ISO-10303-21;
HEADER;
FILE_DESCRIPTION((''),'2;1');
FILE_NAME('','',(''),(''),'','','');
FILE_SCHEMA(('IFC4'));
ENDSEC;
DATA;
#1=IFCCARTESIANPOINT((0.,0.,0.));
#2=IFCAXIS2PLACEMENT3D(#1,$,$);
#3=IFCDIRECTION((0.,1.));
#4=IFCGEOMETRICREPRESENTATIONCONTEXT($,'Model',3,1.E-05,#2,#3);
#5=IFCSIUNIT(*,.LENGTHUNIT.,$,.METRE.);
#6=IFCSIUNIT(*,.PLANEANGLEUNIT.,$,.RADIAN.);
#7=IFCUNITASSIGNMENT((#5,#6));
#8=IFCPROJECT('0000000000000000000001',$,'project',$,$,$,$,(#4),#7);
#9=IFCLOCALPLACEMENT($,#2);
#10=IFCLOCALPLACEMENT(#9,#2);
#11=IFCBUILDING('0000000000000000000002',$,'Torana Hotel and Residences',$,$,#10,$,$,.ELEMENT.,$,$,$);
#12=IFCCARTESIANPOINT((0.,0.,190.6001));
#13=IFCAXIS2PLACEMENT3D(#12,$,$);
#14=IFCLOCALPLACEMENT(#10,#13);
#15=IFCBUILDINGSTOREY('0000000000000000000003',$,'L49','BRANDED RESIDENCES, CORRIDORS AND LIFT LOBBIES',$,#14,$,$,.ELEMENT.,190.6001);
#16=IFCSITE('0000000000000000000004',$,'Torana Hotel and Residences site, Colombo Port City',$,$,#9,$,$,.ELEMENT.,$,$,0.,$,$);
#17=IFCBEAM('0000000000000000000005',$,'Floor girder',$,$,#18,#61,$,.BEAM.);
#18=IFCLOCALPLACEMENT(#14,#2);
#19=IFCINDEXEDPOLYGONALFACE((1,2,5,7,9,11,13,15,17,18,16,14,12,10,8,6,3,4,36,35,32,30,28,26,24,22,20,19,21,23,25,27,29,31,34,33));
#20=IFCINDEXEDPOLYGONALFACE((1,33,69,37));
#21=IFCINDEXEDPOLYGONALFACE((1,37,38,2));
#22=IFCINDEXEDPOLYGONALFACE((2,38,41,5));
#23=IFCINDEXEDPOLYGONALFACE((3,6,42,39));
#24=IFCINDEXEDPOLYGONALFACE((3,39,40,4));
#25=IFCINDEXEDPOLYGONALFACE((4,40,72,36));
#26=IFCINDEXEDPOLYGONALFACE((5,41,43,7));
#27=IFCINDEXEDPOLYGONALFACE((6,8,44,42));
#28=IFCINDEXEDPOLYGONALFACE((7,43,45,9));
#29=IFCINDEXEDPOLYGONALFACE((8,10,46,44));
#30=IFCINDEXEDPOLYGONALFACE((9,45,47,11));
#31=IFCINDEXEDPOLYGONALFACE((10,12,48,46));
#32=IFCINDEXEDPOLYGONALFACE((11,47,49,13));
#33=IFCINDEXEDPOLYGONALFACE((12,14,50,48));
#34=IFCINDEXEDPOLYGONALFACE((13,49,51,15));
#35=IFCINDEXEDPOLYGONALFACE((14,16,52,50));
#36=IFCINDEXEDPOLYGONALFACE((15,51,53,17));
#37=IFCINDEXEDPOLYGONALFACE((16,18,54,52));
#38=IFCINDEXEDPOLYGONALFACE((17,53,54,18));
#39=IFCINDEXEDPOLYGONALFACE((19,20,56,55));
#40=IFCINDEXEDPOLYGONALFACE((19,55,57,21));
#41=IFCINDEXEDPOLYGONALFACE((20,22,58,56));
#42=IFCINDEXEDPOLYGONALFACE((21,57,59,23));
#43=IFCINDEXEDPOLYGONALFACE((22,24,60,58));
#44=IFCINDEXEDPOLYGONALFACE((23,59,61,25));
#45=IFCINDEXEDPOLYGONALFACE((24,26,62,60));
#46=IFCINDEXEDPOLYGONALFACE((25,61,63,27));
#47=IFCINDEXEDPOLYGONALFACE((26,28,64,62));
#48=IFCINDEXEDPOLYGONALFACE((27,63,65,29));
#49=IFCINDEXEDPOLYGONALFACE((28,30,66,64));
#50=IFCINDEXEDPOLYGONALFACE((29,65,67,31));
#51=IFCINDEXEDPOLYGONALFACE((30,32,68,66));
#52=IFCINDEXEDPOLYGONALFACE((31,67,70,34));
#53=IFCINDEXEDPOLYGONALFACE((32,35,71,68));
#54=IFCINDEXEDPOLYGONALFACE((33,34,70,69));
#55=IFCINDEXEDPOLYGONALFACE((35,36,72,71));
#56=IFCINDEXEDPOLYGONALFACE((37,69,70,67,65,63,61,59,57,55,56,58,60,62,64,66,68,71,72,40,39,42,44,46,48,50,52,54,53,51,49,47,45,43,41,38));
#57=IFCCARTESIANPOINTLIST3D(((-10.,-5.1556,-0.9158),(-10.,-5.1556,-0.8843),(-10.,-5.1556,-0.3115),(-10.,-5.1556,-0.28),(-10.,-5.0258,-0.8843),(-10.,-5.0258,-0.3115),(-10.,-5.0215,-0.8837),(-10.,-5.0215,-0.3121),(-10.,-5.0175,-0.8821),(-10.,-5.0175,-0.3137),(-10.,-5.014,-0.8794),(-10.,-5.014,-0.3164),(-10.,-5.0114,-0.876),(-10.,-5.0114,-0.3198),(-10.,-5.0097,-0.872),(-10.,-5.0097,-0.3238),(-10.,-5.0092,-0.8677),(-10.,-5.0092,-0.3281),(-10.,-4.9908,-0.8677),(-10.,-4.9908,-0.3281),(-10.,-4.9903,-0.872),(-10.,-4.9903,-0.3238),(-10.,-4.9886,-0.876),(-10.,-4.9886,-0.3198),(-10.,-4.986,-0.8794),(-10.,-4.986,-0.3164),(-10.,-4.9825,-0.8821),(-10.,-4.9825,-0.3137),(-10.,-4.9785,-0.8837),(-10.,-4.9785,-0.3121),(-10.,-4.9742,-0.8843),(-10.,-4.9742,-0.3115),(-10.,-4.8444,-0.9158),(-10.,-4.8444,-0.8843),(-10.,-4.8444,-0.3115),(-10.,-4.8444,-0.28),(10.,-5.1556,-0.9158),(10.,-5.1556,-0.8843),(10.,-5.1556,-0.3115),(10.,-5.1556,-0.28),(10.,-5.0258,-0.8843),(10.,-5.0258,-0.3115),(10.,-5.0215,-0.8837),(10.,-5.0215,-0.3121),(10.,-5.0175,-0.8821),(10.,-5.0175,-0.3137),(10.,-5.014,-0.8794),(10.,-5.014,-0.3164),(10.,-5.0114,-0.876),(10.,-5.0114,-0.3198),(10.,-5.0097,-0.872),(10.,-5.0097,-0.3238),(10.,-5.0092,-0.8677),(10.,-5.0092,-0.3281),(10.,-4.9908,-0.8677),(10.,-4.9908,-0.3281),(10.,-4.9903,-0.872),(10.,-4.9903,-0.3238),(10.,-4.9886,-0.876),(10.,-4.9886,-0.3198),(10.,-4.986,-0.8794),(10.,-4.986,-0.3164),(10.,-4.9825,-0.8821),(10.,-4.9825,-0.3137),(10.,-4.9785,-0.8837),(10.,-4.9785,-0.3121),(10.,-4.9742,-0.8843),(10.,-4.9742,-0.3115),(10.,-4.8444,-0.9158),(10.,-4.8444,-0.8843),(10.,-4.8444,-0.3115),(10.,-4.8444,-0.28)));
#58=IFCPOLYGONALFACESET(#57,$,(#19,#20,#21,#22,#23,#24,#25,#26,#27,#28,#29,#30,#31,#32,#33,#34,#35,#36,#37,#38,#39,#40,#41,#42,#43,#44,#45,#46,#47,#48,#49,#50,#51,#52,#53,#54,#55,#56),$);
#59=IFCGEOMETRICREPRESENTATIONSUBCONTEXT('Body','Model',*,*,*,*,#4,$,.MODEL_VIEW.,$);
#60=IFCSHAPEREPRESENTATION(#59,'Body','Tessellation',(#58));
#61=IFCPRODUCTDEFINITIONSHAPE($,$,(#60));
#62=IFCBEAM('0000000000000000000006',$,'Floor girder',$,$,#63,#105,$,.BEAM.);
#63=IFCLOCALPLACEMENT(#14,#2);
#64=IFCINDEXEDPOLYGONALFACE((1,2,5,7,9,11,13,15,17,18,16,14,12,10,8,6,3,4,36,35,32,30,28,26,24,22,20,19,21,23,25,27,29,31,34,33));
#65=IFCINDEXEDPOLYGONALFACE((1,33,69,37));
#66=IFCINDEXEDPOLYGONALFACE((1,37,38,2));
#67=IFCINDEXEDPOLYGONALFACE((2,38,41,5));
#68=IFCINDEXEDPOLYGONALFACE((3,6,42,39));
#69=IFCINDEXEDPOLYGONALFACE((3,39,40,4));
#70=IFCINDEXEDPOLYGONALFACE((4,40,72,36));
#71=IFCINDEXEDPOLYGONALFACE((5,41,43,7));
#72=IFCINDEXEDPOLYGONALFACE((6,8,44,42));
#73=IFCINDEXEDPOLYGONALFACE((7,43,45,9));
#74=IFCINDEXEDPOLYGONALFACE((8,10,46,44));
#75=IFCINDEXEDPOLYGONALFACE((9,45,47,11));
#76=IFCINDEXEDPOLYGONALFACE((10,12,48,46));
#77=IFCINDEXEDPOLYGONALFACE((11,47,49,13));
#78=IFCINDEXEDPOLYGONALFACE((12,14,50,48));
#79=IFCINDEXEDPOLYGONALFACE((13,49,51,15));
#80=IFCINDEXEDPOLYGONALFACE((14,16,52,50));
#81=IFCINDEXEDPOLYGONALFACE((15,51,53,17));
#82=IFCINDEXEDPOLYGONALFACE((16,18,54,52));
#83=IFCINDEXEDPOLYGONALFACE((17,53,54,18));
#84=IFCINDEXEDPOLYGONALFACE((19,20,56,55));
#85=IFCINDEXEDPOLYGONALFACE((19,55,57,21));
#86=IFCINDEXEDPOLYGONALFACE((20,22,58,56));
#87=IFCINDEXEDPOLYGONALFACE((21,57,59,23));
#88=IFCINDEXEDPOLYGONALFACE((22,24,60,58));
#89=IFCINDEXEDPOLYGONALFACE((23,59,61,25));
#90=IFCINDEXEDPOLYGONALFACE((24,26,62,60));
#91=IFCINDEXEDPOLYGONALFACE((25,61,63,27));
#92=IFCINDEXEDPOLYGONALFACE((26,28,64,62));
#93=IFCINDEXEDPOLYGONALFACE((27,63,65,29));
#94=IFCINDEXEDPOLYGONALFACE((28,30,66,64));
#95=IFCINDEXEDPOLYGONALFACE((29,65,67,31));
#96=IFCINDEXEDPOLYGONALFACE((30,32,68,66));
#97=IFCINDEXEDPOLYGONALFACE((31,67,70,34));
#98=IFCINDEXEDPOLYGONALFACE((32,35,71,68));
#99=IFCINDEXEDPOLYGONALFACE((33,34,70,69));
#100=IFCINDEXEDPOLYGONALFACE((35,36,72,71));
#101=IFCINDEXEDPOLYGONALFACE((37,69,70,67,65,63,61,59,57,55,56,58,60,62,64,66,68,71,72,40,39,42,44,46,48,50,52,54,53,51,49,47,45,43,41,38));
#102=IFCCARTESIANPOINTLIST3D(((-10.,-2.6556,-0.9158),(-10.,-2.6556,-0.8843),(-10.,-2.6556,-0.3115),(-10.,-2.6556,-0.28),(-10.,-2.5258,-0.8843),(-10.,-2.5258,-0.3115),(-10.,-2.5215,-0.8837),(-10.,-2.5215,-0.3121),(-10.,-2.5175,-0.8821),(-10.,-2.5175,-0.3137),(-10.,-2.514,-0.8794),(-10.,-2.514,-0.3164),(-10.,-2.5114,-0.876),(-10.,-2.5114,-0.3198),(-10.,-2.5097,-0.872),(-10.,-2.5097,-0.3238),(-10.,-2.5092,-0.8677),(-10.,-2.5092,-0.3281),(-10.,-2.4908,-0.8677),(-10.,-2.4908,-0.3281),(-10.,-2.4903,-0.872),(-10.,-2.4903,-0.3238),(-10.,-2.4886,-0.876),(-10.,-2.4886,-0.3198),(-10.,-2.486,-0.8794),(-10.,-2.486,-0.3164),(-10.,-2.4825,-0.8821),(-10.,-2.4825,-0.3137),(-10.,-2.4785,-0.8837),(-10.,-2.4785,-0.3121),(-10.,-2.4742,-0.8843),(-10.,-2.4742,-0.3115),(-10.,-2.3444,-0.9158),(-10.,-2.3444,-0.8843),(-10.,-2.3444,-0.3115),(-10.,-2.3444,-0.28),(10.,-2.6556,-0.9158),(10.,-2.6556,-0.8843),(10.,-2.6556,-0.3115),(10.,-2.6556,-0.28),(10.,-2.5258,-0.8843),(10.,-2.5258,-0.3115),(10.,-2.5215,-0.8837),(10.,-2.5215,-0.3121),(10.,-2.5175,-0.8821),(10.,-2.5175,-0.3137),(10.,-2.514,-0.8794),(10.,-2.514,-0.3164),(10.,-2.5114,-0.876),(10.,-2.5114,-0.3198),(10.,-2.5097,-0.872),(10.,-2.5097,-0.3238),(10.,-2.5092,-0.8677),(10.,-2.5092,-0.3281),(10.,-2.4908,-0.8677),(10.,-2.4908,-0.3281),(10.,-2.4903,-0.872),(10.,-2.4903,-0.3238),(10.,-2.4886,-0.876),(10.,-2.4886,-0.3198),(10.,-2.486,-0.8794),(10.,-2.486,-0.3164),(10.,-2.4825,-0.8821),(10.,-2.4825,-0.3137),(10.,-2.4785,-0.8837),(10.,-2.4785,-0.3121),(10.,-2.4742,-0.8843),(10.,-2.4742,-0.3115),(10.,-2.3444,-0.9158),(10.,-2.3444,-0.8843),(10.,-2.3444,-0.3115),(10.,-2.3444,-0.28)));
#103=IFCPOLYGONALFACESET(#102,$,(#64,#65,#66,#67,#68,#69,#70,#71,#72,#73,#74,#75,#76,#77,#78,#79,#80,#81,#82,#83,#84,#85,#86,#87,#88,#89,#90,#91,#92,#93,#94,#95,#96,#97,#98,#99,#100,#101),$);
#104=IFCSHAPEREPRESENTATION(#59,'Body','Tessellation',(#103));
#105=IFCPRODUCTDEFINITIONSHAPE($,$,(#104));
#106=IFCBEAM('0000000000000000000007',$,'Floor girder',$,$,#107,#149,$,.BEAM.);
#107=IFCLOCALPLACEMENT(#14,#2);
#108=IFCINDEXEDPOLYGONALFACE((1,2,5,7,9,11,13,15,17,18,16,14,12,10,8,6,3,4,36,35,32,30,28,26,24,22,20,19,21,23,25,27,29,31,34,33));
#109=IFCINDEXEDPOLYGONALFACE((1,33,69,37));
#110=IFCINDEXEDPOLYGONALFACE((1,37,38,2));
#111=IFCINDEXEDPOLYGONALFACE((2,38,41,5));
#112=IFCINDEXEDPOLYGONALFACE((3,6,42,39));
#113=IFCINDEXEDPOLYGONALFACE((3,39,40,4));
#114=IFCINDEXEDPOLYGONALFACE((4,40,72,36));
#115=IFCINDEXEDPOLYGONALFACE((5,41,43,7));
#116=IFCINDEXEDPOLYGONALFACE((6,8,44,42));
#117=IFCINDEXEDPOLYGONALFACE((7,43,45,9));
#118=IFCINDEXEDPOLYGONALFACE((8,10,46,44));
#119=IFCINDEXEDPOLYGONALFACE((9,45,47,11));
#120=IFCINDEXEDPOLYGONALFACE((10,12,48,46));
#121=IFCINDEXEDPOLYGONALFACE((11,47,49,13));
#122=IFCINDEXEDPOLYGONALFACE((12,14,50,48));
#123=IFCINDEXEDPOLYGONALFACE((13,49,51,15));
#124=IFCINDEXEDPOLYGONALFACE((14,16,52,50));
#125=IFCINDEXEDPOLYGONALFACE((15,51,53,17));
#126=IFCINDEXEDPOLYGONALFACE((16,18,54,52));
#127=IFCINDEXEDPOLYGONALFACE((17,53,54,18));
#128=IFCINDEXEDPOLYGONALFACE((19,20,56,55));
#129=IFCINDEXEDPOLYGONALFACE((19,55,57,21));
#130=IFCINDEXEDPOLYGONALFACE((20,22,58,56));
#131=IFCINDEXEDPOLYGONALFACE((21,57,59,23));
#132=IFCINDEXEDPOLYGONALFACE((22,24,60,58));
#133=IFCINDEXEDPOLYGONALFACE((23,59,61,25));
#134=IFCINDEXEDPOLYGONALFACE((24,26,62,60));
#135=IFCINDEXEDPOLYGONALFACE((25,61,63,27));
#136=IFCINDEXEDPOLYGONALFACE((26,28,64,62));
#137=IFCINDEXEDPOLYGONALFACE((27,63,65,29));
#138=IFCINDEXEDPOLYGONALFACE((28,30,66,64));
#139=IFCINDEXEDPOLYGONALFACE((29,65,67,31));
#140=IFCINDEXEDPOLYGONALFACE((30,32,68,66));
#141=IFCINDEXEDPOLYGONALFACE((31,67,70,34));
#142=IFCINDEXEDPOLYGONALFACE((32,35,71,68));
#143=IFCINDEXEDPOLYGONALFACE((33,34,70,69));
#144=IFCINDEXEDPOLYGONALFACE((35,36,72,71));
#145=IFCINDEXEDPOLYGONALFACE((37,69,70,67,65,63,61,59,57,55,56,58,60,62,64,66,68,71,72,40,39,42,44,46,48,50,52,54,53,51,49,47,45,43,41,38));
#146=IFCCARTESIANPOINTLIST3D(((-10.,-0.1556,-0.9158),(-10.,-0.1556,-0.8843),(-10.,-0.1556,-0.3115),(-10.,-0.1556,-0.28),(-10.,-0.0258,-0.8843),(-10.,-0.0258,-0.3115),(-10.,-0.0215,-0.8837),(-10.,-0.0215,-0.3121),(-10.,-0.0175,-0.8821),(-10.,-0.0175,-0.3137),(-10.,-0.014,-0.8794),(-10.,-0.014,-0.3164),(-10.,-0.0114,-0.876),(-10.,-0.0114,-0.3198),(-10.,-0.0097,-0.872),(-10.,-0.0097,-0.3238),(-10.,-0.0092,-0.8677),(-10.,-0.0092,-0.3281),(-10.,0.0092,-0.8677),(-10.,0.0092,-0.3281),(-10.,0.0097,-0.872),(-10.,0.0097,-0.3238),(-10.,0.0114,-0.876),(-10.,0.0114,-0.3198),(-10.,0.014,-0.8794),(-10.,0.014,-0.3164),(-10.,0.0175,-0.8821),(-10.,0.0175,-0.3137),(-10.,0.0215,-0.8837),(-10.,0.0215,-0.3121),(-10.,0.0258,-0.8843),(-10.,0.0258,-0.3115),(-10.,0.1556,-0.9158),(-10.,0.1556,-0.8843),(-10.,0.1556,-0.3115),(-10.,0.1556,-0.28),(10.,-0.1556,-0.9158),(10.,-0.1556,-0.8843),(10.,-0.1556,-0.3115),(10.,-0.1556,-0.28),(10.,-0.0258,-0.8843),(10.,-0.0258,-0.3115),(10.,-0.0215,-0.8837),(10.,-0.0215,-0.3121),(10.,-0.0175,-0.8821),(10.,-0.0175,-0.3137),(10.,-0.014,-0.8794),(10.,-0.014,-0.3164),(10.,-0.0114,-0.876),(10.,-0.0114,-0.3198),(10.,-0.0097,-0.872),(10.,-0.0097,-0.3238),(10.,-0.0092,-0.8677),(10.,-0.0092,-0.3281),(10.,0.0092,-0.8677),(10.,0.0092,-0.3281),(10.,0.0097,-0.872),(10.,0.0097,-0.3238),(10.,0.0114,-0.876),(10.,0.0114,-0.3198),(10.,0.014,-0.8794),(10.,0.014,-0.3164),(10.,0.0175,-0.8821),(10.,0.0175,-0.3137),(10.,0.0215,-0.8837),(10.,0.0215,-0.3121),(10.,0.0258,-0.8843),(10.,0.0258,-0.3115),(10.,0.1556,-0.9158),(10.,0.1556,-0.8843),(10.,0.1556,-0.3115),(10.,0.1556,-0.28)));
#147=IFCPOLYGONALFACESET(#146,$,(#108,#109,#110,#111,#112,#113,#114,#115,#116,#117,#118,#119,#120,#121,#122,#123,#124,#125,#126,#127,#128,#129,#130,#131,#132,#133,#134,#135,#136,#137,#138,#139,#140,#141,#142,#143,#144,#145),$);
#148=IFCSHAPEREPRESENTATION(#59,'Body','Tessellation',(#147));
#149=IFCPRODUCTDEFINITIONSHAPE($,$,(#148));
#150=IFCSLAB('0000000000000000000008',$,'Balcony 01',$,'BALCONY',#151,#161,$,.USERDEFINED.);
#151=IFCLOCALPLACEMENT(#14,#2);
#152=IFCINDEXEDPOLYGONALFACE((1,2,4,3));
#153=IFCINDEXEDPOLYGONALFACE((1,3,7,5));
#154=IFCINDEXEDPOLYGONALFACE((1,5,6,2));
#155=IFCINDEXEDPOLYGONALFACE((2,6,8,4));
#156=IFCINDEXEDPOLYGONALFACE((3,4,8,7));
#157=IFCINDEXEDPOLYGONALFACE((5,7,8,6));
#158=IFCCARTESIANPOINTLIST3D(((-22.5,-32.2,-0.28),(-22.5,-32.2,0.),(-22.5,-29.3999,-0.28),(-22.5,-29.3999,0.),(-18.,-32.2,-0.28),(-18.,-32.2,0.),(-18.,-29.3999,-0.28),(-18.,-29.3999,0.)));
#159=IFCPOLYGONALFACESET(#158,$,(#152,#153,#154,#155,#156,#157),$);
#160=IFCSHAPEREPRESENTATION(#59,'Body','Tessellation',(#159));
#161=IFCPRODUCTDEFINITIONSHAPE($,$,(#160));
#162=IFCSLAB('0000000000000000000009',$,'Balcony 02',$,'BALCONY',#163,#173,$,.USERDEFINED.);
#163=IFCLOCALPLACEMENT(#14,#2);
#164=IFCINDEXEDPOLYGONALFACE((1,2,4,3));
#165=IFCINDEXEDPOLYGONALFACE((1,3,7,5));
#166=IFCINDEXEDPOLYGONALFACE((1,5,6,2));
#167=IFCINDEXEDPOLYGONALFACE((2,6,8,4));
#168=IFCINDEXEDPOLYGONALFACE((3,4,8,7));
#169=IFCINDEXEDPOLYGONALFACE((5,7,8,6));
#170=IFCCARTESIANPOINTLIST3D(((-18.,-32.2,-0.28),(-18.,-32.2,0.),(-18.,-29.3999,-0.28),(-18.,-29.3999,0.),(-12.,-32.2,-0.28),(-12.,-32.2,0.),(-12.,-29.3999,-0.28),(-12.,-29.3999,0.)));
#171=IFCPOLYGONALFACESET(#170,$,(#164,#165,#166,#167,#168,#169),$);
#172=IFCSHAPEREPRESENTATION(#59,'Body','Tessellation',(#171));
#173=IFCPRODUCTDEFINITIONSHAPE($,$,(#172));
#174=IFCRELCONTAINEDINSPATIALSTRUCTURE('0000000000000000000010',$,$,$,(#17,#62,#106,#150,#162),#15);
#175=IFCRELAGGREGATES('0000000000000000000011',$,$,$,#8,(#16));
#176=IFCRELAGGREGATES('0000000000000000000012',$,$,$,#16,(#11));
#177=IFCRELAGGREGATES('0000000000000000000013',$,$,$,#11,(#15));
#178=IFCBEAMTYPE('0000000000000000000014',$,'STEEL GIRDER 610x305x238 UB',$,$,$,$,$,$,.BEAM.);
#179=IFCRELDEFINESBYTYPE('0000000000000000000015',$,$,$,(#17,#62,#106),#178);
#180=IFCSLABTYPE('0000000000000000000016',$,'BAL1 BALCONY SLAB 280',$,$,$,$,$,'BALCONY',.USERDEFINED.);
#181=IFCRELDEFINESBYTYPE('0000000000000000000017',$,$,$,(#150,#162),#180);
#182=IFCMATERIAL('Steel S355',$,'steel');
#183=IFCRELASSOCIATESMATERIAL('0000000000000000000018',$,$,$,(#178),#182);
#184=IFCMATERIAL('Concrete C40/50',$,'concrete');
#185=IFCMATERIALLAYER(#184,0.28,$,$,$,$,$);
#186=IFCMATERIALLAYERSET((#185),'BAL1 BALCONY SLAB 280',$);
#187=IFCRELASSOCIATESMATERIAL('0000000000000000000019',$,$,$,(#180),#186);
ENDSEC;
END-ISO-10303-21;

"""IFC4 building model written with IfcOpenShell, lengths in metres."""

from ifc_helpers import new_model, si_unit, direction, frame, origin, origin_2d, place, context, subcontext, project, spatial, polyline, i_section, outline, extrude, material, layer, layer_set, material_profile, profile_set, type_object, element, save


model = new_model("IFC4")

# Units and contexts
model_context = context("Model", 3, precision=1e-05, world=origin(), true_north=direction((0.0, 1.0)))
body_context = subcontext(model_context, "Body", "Model", "MODEL_VIEW")
ifc_project = project(units=[si_unit("LENGTHUNIT", "METRE"), si_unit("PLANEANGLEUNIT", "RADIAN")], contexts=[model_context])

# Site, building, storey
site_placement = place(None, origin())
site = spatial("IfcSite", under=ifc_project, at=site_placement, Name="Torana Hotel and Residences site, Colombo Port City", CompositionType="ELEMENT", RefElevation=0.0)
building_placement = place(site_placement, origin())
building = spatial("IfcBuilding", under=site, at=building_placement, Name="Torana Hotel and Residences", CompositionType="ELEMENT")
storey_placement = place(building_placement, frame((0.0, 0.0, 190.6001)))
storey = spatial("IfcBuildingStorey", under=building, at=storey_placement, Name="L49", Description="BRANDED RESIDENCES, CORRIDORS AND LIFT LOBBIES", CompositionType="ELEMENT", Elevation=190.6001)

# Beams
ifc_material_1 = material(Name="Steel S355", Category="steel")
ifc_material_profile = material_profile(ifc_material_1, i_section(OverallWidth=0.3113, OverallDepth=0.6357, WebThickness=0.0183, FlangeThickness=0.0315, FilletRadius=0.0166, at=origin_2d()), Name="610x305x238 UB")
ifc_profile_set = profile_set([ifc_material_profile], Name="Steel S355")
beam_type = type_object("IfcBeamType", Name="STEEL GIRDER 610x305x238 UB", PredefinedType="BEAM", material=ifc_profile_set)
for number, where, z_axis, x_axis, name in (
    (1, (-10.0, -5.0, -0.5979), (1.0, 0.0, 0.0), (0.0, 1.0, 0.0), "Floor girder"),
    (2, (-10.0, -2.5, -0.5979), (1.0, 0.0, 0.0), (0.0, 1.0, 0.0), "Floor girder"),
    (3, (-10.0, 0.0, -0.5979), (1.0, 0.0, 0.0), (0.0, 1.0, 0.0), "Floor girder"),
):
    element("IfcBeam", number, at=place(storey_placement, frame(where, z_axis=z_axis, x_axis=x_axis)), inside=storey, type_object=beam_type, Name=name, PredefinedType="BEAM", context=body_context, shape_type="SweptSolid", body=[
        extrude(i_section(OverallWidth=0.3113, OverallDepth=0.6357, WebThickness=0.0183, FlangeThickness=0.0315, FilletRadius=0.0166, at=origin_2d()), origin(), (0.0, 0.0, 1.0), 20.0),
    ])

# Slabs
ifc_material_2 = material(Name="Concrete C40/50", Category="concrete")
ifc_layer_1 = layer(ifc_material_2, 0.28)
ifc_layer_set_1 = layer_set([ifc_layer_1], Name="BAL1 BALCONY SLAB 280")
slab_type_1 = type_object("IfcSlabType", Name="BAL1 BALCONY SLAB 280", ElementType="BALCONY", PredefinedType="USERDEFINED", material=ifc_layer_set_1)
slab_1_placement = place(storey_placement, frame((0.0, 0.0, -0.28)))
element("IfcSlab", 4, at=slab_1_placement, inside=storey, type_object=slab_type_1, Name="Balcony 01", ObjectType="BALCONY", PredefinedType="USERDEFINED", context=body_context, shape_type="SweptSolid", body=[
    extrude(outline(polyline([(-22.5, -32.2), (-18.0, -32.2), (-18.0, -29.3999), (-22.5, -29.3999), (-22.5, -32.2)])), origin(), (0.0, 0.0, 1.0), 0.28),
])
slab_2_placement = place(storey_placement, frame((0.0, 0.0, -0.28)))
element("IfcSlab", 5, at=slab_2_placement, inside=storey, type_object=slab_type_1, Name="Balcony 02", ObjectType="BALCONY", PredefinedType="USERDEFINED", context=body_context, shape_type="SweptSolid", body=[
    extrude(outline(polyline([(-18.0, -32.2), (-12.0, -32.2), (-12.0, -29.3999), (-18.0, -29.3999), (-18.0, -32.2)])), origin(), (0.0, 0.0, 1.0), 0.28),
])

save(model, "model.ifc")
